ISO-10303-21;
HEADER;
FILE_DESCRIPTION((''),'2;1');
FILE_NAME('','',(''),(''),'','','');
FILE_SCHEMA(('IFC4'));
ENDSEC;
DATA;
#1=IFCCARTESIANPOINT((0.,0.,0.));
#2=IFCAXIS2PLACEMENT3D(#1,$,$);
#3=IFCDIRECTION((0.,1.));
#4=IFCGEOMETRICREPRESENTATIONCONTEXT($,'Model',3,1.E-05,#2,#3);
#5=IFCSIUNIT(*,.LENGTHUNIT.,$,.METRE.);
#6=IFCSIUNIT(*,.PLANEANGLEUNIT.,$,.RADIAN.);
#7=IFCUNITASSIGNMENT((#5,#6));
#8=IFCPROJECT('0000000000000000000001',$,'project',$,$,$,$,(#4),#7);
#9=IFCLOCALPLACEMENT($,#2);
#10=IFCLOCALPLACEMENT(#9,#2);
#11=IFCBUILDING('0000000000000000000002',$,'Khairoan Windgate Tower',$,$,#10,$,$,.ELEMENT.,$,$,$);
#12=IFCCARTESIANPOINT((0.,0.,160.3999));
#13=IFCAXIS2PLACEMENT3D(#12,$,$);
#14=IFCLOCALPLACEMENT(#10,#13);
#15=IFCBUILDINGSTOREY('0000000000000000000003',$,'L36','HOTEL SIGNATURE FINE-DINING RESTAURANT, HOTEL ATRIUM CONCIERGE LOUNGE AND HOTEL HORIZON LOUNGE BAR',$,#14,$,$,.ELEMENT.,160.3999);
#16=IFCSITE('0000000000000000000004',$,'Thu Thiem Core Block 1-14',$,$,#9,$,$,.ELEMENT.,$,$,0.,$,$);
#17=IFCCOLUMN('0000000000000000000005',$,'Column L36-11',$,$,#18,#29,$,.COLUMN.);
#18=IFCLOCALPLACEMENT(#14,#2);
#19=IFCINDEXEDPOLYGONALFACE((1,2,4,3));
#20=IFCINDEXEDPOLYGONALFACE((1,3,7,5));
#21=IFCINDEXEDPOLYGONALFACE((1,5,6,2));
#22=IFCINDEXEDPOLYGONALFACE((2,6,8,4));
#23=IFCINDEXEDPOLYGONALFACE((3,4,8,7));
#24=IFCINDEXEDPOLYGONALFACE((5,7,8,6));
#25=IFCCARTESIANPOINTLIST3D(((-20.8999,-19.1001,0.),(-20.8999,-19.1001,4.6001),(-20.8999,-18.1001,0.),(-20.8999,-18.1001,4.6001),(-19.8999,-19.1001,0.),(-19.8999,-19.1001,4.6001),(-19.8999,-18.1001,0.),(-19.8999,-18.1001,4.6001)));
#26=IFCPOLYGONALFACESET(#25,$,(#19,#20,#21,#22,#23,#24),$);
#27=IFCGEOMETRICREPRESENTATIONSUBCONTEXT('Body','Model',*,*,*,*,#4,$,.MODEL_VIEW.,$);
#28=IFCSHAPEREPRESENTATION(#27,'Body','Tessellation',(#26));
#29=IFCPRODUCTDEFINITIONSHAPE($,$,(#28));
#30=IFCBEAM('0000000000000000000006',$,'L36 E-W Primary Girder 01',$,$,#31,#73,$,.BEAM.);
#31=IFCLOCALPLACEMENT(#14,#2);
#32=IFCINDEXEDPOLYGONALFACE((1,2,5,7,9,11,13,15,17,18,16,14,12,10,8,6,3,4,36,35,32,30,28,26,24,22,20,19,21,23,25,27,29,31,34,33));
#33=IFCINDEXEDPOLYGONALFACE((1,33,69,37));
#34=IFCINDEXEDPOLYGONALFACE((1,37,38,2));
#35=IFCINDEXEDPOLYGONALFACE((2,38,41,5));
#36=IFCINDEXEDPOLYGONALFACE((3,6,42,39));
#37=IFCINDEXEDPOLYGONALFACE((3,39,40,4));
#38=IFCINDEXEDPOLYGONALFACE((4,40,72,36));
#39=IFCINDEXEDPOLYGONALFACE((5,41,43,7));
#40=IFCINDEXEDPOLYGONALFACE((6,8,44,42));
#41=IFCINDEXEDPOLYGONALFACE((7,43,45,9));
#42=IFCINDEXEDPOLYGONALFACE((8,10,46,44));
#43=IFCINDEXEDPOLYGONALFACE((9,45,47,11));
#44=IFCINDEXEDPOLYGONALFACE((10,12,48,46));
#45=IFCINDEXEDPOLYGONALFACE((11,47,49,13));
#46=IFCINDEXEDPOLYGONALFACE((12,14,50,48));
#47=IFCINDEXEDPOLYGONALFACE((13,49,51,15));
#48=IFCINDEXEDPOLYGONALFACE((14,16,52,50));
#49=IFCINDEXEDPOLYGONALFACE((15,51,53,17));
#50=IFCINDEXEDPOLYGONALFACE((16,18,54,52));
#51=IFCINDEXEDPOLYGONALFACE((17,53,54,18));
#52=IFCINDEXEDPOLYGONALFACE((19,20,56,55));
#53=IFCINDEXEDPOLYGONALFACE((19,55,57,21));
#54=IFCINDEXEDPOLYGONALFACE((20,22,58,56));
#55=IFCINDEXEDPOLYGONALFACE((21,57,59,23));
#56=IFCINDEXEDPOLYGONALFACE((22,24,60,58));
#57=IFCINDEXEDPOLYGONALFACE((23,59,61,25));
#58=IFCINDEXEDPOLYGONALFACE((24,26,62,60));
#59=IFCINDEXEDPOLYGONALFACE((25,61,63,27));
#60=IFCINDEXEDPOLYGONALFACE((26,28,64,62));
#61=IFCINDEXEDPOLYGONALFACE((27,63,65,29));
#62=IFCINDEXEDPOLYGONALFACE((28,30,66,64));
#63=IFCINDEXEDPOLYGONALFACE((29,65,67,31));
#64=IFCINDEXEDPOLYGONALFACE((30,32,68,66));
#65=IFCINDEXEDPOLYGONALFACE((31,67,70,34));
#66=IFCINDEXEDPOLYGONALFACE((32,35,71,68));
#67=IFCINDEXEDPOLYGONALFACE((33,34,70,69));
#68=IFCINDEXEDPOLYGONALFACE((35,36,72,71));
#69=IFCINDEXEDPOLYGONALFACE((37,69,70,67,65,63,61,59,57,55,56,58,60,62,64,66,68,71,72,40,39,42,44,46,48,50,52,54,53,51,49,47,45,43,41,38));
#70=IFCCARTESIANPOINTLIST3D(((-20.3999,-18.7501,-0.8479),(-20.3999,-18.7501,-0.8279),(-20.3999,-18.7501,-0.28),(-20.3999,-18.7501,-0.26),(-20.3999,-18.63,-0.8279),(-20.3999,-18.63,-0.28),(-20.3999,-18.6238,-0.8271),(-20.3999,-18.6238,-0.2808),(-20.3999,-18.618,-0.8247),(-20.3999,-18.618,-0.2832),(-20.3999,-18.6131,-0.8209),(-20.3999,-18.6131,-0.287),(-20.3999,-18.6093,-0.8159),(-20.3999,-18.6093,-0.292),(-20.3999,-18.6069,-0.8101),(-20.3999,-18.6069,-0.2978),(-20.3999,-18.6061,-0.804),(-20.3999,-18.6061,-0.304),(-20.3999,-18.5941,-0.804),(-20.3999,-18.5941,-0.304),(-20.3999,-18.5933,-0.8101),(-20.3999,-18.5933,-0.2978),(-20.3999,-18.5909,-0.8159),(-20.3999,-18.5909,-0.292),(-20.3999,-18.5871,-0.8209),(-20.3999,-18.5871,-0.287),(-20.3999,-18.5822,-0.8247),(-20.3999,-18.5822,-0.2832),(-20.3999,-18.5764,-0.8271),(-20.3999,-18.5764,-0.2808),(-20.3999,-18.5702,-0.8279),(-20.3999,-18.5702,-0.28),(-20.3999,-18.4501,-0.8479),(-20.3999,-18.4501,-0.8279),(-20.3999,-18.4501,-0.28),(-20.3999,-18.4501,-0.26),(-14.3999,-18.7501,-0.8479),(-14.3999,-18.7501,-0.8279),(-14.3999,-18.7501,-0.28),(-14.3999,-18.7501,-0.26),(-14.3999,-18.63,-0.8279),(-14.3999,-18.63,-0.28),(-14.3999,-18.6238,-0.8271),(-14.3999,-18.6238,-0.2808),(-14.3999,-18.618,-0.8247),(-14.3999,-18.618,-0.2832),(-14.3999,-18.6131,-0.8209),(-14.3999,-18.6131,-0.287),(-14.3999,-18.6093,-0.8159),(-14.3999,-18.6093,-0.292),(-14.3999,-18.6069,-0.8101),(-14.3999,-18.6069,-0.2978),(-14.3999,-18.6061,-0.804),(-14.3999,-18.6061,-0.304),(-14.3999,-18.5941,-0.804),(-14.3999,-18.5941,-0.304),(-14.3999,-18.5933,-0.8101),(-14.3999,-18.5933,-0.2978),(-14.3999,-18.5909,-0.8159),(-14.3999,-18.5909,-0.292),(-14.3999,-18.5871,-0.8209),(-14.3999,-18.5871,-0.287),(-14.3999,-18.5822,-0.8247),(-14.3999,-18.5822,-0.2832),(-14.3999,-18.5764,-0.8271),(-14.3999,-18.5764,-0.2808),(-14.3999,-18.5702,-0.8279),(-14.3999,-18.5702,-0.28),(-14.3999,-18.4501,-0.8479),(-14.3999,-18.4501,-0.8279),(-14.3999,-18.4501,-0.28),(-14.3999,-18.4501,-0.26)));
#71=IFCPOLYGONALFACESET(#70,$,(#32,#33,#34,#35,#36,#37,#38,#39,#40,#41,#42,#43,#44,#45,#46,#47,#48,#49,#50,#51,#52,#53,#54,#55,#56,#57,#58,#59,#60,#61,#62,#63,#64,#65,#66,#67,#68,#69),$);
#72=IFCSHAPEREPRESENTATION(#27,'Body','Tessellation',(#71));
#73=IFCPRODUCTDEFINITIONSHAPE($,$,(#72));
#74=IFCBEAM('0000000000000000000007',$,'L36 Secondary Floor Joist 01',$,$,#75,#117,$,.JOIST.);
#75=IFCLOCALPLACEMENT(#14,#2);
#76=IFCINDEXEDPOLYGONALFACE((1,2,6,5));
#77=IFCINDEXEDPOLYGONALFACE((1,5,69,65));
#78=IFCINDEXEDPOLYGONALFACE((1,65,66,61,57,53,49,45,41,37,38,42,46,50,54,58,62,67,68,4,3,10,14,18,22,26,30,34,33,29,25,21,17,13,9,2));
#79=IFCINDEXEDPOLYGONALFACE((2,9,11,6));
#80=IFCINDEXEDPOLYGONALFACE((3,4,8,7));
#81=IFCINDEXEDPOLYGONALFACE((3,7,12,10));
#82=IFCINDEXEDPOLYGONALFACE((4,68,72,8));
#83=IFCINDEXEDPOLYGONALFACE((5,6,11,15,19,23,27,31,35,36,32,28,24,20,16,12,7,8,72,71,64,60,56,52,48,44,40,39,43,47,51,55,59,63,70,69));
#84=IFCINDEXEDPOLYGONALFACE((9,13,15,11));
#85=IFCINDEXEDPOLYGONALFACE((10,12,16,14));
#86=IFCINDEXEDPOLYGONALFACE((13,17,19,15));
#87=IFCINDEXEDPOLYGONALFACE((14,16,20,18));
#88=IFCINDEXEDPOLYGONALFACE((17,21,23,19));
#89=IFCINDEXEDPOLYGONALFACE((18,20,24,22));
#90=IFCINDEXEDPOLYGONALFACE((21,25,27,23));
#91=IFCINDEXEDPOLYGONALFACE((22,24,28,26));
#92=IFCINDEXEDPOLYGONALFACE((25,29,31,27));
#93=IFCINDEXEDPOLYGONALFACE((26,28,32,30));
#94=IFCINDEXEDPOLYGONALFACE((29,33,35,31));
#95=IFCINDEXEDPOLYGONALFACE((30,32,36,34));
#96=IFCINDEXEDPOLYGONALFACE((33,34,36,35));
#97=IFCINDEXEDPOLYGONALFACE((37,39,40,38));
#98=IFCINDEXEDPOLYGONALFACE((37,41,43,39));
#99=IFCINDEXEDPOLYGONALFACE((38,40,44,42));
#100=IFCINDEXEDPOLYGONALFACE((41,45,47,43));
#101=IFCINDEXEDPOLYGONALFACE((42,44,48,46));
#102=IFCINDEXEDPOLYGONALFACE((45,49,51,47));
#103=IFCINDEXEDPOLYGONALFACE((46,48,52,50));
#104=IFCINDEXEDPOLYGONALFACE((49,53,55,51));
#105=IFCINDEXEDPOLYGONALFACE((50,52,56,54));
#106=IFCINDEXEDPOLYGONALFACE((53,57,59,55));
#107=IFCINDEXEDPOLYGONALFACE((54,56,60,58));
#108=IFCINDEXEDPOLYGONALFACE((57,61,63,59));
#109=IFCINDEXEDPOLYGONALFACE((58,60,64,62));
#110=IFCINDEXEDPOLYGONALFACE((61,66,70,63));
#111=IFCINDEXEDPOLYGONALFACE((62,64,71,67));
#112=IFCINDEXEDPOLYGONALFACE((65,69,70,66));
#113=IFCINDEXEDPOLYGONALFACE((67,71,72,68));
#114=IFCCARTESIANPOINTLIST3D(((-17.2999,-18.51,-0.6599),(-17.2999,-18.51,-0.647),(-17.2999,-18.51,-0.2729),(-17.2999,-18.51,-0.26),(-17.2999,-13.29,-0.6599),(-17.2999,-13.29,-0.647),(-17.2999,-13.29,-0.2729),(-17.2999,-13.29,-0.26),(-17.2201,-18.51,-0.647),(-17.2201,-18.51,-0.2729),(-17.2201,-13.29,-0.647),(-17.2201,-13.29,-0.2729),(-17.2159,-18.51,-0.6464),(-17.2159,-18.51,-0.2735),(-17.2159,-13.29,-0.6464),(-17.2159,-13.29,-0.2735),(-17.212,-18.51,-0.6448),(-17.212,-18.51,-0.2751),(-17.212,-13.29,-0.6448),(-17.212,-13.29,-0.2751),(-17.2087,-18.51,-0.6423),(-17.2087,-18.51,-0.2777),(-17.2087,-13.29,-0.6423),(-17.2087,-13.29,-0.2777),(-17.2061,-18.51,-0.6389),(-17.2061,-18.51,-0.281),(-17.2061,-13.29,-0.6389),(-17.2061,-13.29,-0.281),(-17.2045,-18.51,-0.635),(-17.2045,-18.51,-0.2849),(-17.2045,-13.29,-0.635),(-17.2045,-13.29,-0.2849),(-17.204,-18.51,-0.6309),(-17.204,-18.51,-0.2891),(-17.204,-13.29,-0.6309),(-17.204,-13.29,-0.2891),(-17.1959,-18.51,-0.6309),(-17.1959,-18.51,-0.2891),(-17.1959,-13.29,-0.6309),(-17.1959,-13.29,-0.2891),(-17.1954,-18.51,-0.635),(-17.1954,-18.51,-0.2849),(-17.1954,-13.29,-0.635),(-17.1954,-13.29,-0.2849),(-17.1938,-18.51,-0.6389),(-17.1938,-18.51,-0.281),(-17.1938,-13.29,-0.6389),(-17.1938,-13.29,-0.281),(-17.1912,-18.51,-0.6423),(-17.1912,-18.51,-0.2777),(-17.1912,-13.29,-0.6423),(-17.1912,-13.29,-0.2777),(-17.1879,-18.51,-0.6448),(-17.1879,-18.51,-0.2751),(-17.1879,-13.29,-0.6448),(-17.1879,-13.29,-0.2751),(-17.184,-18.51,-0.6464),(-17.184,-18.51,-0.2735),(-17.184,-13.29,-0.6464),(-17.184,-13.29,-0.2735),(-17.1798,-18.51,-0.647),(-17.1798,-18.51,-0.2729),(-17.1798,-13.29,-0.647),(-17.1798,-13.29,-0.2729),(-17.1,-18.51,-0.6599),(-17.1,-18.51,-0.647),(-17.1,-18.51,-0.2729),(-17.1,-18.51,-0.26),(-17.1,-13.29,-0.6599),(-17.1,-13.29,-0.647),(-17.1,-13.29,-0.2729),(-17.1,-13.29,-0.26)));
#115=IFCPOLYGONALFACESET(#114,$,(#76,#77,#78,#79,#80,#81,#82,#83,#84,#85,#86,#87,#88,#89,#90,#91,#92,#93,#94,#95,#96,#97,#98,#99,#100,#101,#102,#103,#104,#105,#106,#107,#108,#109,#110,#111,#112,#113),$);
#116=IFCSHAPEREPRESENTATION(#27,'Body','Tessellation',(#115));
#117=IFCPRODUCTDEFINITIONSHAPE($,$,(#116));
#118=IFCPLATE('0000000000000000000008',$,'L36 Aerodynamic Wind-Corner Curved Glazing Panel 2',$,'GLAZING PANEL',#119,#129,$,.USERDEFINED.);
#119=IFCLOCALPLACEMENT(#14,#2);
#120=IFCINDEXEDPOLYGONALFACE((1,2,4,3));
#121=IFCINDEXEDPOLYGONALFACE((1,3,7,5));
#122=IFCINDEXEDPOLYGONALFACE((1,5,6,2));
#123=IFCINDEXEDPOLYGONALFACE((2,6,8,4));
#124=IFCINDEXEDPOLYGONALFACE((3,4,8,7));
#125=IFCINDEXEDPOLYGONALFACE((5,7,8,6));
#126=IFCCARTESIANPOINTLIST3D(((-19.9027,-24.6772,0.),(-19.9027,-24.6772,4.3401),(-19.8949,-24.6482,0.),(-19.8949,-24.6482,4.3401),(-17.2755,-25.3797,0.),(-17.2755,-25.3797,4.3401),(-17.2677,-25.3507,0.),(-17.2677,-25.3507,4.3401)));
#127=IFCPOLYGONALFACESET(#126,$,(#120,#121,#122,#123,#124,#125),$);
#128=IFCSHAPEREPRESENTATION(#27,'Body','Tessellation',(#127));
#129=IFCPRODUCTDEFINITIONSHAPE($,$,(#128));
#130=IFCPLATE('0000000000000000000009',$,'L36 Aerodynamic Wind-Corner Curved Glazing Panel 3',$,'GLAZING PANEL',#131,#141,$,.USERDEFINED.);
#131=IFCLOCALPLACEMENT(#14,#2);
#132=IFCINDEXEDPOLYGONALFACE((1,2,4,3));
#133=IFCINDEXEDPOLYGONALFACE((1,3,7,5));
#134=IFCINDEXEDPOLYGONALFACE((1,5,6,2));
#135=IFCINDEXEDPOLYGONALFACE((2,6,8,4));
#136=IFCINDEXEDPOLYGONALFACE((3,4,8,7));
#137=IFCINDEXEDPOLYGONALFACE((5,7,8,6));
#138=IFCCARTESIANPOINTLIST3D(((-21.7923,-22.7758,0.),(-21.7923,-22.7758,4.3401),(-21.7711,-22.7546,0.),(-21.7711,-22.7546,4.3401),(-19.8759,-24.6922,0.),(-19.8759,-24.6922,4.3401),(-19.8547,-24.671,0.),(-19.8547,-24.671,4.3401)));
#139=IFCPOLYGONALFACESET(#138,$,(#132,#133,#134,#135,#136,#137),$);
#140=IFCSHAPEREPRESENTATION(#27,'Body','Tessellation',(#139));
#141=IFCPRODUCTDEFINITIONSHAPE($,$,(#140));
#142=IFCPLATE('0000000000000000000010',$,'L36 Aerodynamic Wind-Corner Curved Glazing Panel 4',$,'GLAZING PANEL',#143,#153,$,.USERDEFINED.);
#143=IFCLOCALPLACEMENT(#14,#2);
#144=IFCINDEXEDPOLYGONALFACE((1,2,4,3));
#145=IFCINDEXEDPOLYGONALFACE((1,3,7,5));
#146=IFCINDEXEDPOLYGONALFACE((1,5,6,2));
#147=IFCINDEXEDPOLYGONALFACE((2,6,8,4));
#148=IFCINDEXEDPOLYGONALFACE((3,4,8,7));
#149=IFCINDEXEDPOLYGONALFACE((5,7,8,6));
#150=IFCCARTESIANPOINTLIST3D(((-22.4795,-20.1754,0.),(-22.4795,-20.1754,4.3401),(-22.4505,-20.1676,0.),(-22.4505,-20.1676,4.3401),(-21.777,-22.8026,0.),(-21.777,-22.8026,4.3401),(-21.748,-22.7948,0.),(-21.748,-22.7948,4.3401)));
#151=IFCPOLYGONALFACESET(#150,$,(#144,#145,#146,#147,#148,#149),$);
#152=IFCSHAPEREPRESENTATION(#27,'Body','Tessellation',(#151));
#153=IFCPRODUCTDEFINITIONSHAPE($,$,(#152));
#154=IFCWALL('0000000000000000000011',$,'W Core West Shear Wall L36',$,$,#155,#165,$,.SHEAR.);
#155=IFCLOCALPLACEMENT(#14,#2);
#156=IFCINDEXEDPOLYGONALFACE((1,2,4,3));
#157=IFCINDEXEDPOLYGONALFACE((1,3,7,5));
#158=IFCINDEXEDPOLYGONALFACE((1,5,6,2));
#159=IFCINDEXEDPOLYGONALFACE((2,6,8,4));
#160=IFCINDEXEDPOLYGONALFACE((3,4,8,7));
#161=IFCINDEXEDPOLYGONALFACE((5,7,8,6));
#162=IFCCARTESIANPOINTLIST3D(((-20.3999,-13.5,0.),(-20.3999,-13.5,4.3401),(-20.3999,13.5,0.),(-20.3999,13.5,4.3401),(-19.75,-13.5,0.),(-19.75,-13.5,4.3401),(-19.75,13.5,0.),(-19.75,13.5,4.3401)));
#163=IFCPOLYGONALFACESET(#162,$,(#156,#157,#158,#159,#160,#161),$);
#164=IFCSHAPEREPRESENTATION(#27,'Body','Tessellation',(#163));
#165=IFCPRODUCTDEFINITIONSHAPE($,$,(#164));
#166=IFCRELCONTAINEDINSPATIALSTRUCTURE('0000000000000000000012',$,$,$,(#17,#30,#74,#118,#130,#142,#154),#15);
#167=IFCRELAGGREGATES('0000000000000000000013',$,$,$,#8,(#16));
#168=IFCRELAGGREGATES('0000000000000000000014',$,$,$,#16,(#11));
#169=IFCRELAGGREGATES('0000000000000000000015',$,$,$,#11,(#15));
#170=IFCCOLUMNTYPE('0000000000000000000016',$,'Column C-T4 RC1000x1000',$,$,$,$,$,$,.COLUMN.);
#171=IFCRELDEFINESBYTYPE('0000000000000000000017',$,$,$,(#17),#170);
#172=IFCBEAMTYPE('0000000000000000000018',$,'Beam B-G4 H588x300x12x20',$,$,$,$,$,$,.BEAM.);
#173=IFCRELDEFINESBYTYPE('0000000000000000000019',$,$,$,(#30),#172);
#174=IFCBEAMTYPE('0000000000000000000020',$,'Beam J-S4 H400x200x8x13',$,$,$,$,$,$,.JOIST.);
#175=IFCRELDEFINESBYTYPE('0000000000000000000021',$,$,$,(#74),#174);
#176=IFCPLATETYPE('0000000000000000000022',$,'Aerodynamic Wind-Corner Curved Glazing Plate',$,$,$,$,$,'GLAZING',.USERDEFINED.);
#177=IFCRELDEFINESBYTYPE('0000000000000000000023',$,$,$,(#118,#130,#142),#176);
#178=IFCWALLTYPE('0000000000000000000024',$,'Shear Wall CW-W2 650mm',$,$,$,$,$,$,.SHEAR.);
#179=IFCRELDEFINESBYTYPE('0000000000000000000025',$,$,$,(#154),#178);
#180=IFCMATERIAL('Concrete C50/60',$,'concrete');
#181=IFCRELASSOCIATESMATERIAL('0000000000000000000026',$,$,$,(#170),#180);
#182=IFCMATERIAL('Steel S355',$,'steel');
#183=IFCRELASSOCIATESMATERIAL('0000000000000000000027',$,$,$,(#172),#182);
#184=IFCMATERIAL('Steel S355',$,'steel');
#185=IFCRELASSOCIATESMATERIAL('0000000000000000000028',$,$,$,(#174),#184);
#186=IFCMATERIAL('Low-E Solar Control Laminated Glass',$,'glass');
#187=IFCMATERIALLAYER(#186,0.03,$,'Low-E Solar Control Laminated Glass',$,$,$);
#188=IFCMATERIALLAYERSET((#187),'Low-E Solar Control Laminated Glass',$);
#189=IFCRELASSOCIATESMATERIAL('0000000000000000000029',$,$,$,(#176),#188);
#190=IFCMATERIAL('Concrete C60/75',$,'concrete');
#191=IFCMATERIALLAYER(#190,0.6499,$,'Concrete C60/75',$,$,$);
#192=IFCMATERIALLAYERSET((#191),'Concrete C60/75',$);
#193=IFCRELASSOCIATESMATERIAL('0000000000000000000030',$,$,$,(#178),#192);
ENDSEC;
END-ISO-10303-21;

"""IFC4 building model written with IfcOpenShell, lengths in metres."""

from ifc_helpers import new_model, si_unit, direction, frame, frame_2d, origin, origin_2d, place, context, subcontext, project, spatial, rectangle, i_section, extrude, material, layer, layer_set, material_profile, profile_set, type_object, element, save


model = new_model("IFC4")

# Units and contexts
model_context = context("Model", 3, precision=1e-05, world=origin(), true_north=direction((0.0, 1.0)))
body_context = subcontext(model_context, "Body", "Model", "MODEL_VIEW")
ifc_project = project(units=[si_unit("LENGTHUNIT", "METRE"), si_unit("PLANEANGLEUNIT", "RADIAN")], contexts=[model_context])

# Site, building, storey
site_placement = place(None, origin())
site = spatial("IfcSite", under=ifc_project, at=site_placement, Name="Thu Thiem Core Block 1-14", CompositionType="ELEMENT", RefElevation=0.0)
building_placement = place(site_placement, origin())
building = spatial("IfcBuilding", under=site, at=building_placement, Name="Khairoan Windgate Tower", CompositionType="ELEMENT")
storey_placement = place(building_placement, frame((0.0, 0.0, 160.3999)))
storey = spatial("IfcBuildingStorey", under=building, at=storey_placement, Name="L36", Description="HOTEL SIGNATURE FINE-DINING RESTAURANT, HOTEL ATRIUM CONCIERGE LOUNGE AND HOTEL HORIZON LOUNGE BAR", CompositionType="ELEMENT", Elevation=160.3999)

# Column
ifc_material_1 = material(Name="Concrete C50/60", Category="concrete")
ifc_material_profile_1 = material_profile(ifc_material_1, rectangle(XDim=1.0, YDim=1.0, at=origin_2d()))
ifc_profile_set_1 = profile_set([ifc_material_profile_1], Name="Concrete C50/60")
column_type = type_object("IfcColumnType", Name="Column C-T4 RC1000x1000", PredefinedType="COLUMN", material=ifc_profile_set_1)
column_placement = place(storey_placement, frame((-20.3999, -18.6001, 0.0), z_axis=(0.0, 0.0, 1.0), x_axis=(1.0, 0.0, 0.0)))
element("IfcColumn", 1, at=column_placement, inside=storey, type_object=column_type, Name="Column L36-11", PredefinedType="COLUMN", context=body_context, shape_type="SweptSolid", body=[
    extrude(rectangle(XDim=1.0, YDim=1.0, at=origin_2d()), origin(), (0.0, 0.0, 1.0), 4.6001),
])

# Beams
ifc_material_2 = material(Name="Steel S355", Category="steel")
ifc_material_profile_2 = material_profile(ifc_material_2, i_section(OverallWidth=0.3, OverallDepth=0.5879, WebThickness=0.012, FlangeThickness=0.02, FilletRadius=0.0239, at=origin_2d()))
ifc_profile_set_2 = profile_set([ifc_material_profile_2], Name="Steel S355")
beam_type_1 = type_object("IfcBeamType", Name="Beam B-G4 H588x300x12x20", PredefinedType="BEAM", material=ifc_profile_set_2)
beam_1_placement = place(storey_placement, frame((-20.3999, -18.6001, -0.554), z_axis=(1.0, 0.0, 0.0), x_axis=(0.0, 1.0, 0.0)))
element("IfcBeam", 2, at=beam_1_placement, inside=storey, type_object=beam_type_1, Name="L36 E-W Primary Girder 01", PredefinedType="BEAM", context=body_context, shape_type="SweptSolid", body=[
    extrude(i_section(OverallWidth=0.3, OverallDepth=0.5879, WebThickness=0.012, FlangeThickness=0.02, FilletRadius=0.0239, at=origin_2d()), origin(), (0.0, 0.0, 1.0), 6.0),
])
ifc_material_3 = material(Name="Steel S355", Category="steel")
ifc_material_profile_3 = material_profile(ifc_material_3, i_section(OverallWidth=0.2, OverallDepth=0.3999, WebThickness=0.0081, FlangeThickness=0.0129, FilletRadius=0.0161, at=origin_2d()))
ifc_profile_set_3 = profile_set([ifc_material_profile_3], Name="Steel S355")
beam_type_2 = type_object("IfcBeamType", Name="Beam J-S4 H400x200x8x13", PredefinedType="JOIST", material=ifc_profile_set_3)
beam_2_placement = place(storey_placement, frame((-17.2, -18.51, -0.46), z_axis=(0.0, 1.0, 0.0), x_axis=(-1.0, 0.0, 0.0)))
element("IfcBeam", 3, at=beam_2_placement, inside=storey, type_object=beam_type_2, Name="L36 Secondary Floor Joist 01", PredefinedType="JOIST", context=body_context, shape_type="SweptSolid", body=[
    extrude(i_section(OverallWidth=0.2, OverallDepth=0.3999, WebThickness=0.0081, FlangeThickness=0.0129, FilletRadius=0.0161, at=origin_2d()), origin(), (0.0, 0.0, 1.0), 5.22),
])

# Plates
ifc_material_4 = material(Name="Low-E Solar Control Laminated Glass", Category="glass")
ifc_layer_1 = layer(ifc_material_4, 0.03, Name="Low-E Solar Control Laminated Glass")
ifc_layer_set_1 = layer_set([ifc_layer_1], Name="Low-E Solar Control Laminated Glass")
plate_type_1 = type_object("IfcPlateType", Name="Aerodynamic Wind-Corner Curved Glazing Plate", ElementType="GLAZING", PredefinedType="USERDEFINED", material=ifc_layer_set_1)
plate_1_placement = place(storey_placement, frame((-18.5852, -25.0139, 0.0), z_axis=(0.0, 0.0, 1.0), x_axis=(-0.966061, 0.258313, 0.0)))
element("IfcPlate", 4, at=plate_1_placement, inside=storey, type_object=plate_type_1, Name="L36 Aerodynamic Wind-Corner Curved Glazing Panel 2", ObjectType="GLAZING PANEL", PredefinedType="USERDEFINED", context=body_context, shape_type="SweptSolid", body=[
    extrude(rectangle(XDim=2.7195, YDim=0.03, at=origin_2d()), origin(), (0.0, 0.0, 1.0), 4.3401),
])
plate_2_placement = place(storey_placement, frame((-20.8235, -23.7234, 0.0), z_axis=(0.0, 0.0, 1.0), x_axis=(-0.707107, 0.707107, 0.0)))
element("IfcPlate", 5, at=plate_2_placement, inside=storey, type_object=plate_type_1, Name="L36 Aerodynamic Wind-Corner Curved Glazing Panel 3", ObjectType="GLAZING PANEL", PredefinedType="USERDEFINED", context=body_context, shape_type="SweptSolid", body=[
    extrude(rectangle(XDim=2.7102, YDim=0.03, at=origin_2d()), origin(), (0.0, 0.0, 1.0), 4.3401),
])
plate_3_placement = place(storey_placement, frame((-22.1138, -21.4851, 0.0), z_axis=(0.0, 0.0, 1.0), x_axis=(-0.258313, 0.966061, 0.0)))
element("IfcPlate", 6, at=plate_3_placement, inside=storey, type_object=plate_type_1, Name="L36 Aerodynamic Wind-Corner Curved Glazing Panel 4", ObjectType="GLAZING PANEL", PredefinedType="USERDEFINED", context=body_context, shape_type="SweptSolid", body=[
    extrude(rectangle(XDim=2.7195, YDim=0.03, at=origin_2d()), origin(), (0.0, 0.0, 1.0), 4.3401),
])

# Wall
ifc_material_5 = material(Name="Concrete C60/75", Category="concrete")
ifc_layer_2 = layer(ifc_material_5, 0.6499, Name="Concrete C60/75")
ifc_layer_set_2 = layer_set([ifc_layer_2], Name="Concrete C60/75")
wall_type = type_object("IfcWallType", Name="Shear Wall CW-W2 650mm", PredefinedType="SHEAR", material=ifc_layer_set_2)
wall_placement = place(storey_placement, frame((-20.075, -13.5, 0.0), z_axis=(0.0, 0.0, 1.0), x_axis=(0.0, 1.0, 0.0)))
element("IfcWall", 7, at=wall_placement, inside=storey, type_object=wall_type, Name="W Core West Shear Wall L36", PredefinedType="SHEAR", context=body_context, shape_type="SweptSolid", body=[
    extrude(rectangle(XDim=27.0, YDim=0.6499, at=frame_2d((13.5, 0.0))), origin(), (0.0, 0.0, 1.0), 4.3401),
])

save(model, "model.ifc")
